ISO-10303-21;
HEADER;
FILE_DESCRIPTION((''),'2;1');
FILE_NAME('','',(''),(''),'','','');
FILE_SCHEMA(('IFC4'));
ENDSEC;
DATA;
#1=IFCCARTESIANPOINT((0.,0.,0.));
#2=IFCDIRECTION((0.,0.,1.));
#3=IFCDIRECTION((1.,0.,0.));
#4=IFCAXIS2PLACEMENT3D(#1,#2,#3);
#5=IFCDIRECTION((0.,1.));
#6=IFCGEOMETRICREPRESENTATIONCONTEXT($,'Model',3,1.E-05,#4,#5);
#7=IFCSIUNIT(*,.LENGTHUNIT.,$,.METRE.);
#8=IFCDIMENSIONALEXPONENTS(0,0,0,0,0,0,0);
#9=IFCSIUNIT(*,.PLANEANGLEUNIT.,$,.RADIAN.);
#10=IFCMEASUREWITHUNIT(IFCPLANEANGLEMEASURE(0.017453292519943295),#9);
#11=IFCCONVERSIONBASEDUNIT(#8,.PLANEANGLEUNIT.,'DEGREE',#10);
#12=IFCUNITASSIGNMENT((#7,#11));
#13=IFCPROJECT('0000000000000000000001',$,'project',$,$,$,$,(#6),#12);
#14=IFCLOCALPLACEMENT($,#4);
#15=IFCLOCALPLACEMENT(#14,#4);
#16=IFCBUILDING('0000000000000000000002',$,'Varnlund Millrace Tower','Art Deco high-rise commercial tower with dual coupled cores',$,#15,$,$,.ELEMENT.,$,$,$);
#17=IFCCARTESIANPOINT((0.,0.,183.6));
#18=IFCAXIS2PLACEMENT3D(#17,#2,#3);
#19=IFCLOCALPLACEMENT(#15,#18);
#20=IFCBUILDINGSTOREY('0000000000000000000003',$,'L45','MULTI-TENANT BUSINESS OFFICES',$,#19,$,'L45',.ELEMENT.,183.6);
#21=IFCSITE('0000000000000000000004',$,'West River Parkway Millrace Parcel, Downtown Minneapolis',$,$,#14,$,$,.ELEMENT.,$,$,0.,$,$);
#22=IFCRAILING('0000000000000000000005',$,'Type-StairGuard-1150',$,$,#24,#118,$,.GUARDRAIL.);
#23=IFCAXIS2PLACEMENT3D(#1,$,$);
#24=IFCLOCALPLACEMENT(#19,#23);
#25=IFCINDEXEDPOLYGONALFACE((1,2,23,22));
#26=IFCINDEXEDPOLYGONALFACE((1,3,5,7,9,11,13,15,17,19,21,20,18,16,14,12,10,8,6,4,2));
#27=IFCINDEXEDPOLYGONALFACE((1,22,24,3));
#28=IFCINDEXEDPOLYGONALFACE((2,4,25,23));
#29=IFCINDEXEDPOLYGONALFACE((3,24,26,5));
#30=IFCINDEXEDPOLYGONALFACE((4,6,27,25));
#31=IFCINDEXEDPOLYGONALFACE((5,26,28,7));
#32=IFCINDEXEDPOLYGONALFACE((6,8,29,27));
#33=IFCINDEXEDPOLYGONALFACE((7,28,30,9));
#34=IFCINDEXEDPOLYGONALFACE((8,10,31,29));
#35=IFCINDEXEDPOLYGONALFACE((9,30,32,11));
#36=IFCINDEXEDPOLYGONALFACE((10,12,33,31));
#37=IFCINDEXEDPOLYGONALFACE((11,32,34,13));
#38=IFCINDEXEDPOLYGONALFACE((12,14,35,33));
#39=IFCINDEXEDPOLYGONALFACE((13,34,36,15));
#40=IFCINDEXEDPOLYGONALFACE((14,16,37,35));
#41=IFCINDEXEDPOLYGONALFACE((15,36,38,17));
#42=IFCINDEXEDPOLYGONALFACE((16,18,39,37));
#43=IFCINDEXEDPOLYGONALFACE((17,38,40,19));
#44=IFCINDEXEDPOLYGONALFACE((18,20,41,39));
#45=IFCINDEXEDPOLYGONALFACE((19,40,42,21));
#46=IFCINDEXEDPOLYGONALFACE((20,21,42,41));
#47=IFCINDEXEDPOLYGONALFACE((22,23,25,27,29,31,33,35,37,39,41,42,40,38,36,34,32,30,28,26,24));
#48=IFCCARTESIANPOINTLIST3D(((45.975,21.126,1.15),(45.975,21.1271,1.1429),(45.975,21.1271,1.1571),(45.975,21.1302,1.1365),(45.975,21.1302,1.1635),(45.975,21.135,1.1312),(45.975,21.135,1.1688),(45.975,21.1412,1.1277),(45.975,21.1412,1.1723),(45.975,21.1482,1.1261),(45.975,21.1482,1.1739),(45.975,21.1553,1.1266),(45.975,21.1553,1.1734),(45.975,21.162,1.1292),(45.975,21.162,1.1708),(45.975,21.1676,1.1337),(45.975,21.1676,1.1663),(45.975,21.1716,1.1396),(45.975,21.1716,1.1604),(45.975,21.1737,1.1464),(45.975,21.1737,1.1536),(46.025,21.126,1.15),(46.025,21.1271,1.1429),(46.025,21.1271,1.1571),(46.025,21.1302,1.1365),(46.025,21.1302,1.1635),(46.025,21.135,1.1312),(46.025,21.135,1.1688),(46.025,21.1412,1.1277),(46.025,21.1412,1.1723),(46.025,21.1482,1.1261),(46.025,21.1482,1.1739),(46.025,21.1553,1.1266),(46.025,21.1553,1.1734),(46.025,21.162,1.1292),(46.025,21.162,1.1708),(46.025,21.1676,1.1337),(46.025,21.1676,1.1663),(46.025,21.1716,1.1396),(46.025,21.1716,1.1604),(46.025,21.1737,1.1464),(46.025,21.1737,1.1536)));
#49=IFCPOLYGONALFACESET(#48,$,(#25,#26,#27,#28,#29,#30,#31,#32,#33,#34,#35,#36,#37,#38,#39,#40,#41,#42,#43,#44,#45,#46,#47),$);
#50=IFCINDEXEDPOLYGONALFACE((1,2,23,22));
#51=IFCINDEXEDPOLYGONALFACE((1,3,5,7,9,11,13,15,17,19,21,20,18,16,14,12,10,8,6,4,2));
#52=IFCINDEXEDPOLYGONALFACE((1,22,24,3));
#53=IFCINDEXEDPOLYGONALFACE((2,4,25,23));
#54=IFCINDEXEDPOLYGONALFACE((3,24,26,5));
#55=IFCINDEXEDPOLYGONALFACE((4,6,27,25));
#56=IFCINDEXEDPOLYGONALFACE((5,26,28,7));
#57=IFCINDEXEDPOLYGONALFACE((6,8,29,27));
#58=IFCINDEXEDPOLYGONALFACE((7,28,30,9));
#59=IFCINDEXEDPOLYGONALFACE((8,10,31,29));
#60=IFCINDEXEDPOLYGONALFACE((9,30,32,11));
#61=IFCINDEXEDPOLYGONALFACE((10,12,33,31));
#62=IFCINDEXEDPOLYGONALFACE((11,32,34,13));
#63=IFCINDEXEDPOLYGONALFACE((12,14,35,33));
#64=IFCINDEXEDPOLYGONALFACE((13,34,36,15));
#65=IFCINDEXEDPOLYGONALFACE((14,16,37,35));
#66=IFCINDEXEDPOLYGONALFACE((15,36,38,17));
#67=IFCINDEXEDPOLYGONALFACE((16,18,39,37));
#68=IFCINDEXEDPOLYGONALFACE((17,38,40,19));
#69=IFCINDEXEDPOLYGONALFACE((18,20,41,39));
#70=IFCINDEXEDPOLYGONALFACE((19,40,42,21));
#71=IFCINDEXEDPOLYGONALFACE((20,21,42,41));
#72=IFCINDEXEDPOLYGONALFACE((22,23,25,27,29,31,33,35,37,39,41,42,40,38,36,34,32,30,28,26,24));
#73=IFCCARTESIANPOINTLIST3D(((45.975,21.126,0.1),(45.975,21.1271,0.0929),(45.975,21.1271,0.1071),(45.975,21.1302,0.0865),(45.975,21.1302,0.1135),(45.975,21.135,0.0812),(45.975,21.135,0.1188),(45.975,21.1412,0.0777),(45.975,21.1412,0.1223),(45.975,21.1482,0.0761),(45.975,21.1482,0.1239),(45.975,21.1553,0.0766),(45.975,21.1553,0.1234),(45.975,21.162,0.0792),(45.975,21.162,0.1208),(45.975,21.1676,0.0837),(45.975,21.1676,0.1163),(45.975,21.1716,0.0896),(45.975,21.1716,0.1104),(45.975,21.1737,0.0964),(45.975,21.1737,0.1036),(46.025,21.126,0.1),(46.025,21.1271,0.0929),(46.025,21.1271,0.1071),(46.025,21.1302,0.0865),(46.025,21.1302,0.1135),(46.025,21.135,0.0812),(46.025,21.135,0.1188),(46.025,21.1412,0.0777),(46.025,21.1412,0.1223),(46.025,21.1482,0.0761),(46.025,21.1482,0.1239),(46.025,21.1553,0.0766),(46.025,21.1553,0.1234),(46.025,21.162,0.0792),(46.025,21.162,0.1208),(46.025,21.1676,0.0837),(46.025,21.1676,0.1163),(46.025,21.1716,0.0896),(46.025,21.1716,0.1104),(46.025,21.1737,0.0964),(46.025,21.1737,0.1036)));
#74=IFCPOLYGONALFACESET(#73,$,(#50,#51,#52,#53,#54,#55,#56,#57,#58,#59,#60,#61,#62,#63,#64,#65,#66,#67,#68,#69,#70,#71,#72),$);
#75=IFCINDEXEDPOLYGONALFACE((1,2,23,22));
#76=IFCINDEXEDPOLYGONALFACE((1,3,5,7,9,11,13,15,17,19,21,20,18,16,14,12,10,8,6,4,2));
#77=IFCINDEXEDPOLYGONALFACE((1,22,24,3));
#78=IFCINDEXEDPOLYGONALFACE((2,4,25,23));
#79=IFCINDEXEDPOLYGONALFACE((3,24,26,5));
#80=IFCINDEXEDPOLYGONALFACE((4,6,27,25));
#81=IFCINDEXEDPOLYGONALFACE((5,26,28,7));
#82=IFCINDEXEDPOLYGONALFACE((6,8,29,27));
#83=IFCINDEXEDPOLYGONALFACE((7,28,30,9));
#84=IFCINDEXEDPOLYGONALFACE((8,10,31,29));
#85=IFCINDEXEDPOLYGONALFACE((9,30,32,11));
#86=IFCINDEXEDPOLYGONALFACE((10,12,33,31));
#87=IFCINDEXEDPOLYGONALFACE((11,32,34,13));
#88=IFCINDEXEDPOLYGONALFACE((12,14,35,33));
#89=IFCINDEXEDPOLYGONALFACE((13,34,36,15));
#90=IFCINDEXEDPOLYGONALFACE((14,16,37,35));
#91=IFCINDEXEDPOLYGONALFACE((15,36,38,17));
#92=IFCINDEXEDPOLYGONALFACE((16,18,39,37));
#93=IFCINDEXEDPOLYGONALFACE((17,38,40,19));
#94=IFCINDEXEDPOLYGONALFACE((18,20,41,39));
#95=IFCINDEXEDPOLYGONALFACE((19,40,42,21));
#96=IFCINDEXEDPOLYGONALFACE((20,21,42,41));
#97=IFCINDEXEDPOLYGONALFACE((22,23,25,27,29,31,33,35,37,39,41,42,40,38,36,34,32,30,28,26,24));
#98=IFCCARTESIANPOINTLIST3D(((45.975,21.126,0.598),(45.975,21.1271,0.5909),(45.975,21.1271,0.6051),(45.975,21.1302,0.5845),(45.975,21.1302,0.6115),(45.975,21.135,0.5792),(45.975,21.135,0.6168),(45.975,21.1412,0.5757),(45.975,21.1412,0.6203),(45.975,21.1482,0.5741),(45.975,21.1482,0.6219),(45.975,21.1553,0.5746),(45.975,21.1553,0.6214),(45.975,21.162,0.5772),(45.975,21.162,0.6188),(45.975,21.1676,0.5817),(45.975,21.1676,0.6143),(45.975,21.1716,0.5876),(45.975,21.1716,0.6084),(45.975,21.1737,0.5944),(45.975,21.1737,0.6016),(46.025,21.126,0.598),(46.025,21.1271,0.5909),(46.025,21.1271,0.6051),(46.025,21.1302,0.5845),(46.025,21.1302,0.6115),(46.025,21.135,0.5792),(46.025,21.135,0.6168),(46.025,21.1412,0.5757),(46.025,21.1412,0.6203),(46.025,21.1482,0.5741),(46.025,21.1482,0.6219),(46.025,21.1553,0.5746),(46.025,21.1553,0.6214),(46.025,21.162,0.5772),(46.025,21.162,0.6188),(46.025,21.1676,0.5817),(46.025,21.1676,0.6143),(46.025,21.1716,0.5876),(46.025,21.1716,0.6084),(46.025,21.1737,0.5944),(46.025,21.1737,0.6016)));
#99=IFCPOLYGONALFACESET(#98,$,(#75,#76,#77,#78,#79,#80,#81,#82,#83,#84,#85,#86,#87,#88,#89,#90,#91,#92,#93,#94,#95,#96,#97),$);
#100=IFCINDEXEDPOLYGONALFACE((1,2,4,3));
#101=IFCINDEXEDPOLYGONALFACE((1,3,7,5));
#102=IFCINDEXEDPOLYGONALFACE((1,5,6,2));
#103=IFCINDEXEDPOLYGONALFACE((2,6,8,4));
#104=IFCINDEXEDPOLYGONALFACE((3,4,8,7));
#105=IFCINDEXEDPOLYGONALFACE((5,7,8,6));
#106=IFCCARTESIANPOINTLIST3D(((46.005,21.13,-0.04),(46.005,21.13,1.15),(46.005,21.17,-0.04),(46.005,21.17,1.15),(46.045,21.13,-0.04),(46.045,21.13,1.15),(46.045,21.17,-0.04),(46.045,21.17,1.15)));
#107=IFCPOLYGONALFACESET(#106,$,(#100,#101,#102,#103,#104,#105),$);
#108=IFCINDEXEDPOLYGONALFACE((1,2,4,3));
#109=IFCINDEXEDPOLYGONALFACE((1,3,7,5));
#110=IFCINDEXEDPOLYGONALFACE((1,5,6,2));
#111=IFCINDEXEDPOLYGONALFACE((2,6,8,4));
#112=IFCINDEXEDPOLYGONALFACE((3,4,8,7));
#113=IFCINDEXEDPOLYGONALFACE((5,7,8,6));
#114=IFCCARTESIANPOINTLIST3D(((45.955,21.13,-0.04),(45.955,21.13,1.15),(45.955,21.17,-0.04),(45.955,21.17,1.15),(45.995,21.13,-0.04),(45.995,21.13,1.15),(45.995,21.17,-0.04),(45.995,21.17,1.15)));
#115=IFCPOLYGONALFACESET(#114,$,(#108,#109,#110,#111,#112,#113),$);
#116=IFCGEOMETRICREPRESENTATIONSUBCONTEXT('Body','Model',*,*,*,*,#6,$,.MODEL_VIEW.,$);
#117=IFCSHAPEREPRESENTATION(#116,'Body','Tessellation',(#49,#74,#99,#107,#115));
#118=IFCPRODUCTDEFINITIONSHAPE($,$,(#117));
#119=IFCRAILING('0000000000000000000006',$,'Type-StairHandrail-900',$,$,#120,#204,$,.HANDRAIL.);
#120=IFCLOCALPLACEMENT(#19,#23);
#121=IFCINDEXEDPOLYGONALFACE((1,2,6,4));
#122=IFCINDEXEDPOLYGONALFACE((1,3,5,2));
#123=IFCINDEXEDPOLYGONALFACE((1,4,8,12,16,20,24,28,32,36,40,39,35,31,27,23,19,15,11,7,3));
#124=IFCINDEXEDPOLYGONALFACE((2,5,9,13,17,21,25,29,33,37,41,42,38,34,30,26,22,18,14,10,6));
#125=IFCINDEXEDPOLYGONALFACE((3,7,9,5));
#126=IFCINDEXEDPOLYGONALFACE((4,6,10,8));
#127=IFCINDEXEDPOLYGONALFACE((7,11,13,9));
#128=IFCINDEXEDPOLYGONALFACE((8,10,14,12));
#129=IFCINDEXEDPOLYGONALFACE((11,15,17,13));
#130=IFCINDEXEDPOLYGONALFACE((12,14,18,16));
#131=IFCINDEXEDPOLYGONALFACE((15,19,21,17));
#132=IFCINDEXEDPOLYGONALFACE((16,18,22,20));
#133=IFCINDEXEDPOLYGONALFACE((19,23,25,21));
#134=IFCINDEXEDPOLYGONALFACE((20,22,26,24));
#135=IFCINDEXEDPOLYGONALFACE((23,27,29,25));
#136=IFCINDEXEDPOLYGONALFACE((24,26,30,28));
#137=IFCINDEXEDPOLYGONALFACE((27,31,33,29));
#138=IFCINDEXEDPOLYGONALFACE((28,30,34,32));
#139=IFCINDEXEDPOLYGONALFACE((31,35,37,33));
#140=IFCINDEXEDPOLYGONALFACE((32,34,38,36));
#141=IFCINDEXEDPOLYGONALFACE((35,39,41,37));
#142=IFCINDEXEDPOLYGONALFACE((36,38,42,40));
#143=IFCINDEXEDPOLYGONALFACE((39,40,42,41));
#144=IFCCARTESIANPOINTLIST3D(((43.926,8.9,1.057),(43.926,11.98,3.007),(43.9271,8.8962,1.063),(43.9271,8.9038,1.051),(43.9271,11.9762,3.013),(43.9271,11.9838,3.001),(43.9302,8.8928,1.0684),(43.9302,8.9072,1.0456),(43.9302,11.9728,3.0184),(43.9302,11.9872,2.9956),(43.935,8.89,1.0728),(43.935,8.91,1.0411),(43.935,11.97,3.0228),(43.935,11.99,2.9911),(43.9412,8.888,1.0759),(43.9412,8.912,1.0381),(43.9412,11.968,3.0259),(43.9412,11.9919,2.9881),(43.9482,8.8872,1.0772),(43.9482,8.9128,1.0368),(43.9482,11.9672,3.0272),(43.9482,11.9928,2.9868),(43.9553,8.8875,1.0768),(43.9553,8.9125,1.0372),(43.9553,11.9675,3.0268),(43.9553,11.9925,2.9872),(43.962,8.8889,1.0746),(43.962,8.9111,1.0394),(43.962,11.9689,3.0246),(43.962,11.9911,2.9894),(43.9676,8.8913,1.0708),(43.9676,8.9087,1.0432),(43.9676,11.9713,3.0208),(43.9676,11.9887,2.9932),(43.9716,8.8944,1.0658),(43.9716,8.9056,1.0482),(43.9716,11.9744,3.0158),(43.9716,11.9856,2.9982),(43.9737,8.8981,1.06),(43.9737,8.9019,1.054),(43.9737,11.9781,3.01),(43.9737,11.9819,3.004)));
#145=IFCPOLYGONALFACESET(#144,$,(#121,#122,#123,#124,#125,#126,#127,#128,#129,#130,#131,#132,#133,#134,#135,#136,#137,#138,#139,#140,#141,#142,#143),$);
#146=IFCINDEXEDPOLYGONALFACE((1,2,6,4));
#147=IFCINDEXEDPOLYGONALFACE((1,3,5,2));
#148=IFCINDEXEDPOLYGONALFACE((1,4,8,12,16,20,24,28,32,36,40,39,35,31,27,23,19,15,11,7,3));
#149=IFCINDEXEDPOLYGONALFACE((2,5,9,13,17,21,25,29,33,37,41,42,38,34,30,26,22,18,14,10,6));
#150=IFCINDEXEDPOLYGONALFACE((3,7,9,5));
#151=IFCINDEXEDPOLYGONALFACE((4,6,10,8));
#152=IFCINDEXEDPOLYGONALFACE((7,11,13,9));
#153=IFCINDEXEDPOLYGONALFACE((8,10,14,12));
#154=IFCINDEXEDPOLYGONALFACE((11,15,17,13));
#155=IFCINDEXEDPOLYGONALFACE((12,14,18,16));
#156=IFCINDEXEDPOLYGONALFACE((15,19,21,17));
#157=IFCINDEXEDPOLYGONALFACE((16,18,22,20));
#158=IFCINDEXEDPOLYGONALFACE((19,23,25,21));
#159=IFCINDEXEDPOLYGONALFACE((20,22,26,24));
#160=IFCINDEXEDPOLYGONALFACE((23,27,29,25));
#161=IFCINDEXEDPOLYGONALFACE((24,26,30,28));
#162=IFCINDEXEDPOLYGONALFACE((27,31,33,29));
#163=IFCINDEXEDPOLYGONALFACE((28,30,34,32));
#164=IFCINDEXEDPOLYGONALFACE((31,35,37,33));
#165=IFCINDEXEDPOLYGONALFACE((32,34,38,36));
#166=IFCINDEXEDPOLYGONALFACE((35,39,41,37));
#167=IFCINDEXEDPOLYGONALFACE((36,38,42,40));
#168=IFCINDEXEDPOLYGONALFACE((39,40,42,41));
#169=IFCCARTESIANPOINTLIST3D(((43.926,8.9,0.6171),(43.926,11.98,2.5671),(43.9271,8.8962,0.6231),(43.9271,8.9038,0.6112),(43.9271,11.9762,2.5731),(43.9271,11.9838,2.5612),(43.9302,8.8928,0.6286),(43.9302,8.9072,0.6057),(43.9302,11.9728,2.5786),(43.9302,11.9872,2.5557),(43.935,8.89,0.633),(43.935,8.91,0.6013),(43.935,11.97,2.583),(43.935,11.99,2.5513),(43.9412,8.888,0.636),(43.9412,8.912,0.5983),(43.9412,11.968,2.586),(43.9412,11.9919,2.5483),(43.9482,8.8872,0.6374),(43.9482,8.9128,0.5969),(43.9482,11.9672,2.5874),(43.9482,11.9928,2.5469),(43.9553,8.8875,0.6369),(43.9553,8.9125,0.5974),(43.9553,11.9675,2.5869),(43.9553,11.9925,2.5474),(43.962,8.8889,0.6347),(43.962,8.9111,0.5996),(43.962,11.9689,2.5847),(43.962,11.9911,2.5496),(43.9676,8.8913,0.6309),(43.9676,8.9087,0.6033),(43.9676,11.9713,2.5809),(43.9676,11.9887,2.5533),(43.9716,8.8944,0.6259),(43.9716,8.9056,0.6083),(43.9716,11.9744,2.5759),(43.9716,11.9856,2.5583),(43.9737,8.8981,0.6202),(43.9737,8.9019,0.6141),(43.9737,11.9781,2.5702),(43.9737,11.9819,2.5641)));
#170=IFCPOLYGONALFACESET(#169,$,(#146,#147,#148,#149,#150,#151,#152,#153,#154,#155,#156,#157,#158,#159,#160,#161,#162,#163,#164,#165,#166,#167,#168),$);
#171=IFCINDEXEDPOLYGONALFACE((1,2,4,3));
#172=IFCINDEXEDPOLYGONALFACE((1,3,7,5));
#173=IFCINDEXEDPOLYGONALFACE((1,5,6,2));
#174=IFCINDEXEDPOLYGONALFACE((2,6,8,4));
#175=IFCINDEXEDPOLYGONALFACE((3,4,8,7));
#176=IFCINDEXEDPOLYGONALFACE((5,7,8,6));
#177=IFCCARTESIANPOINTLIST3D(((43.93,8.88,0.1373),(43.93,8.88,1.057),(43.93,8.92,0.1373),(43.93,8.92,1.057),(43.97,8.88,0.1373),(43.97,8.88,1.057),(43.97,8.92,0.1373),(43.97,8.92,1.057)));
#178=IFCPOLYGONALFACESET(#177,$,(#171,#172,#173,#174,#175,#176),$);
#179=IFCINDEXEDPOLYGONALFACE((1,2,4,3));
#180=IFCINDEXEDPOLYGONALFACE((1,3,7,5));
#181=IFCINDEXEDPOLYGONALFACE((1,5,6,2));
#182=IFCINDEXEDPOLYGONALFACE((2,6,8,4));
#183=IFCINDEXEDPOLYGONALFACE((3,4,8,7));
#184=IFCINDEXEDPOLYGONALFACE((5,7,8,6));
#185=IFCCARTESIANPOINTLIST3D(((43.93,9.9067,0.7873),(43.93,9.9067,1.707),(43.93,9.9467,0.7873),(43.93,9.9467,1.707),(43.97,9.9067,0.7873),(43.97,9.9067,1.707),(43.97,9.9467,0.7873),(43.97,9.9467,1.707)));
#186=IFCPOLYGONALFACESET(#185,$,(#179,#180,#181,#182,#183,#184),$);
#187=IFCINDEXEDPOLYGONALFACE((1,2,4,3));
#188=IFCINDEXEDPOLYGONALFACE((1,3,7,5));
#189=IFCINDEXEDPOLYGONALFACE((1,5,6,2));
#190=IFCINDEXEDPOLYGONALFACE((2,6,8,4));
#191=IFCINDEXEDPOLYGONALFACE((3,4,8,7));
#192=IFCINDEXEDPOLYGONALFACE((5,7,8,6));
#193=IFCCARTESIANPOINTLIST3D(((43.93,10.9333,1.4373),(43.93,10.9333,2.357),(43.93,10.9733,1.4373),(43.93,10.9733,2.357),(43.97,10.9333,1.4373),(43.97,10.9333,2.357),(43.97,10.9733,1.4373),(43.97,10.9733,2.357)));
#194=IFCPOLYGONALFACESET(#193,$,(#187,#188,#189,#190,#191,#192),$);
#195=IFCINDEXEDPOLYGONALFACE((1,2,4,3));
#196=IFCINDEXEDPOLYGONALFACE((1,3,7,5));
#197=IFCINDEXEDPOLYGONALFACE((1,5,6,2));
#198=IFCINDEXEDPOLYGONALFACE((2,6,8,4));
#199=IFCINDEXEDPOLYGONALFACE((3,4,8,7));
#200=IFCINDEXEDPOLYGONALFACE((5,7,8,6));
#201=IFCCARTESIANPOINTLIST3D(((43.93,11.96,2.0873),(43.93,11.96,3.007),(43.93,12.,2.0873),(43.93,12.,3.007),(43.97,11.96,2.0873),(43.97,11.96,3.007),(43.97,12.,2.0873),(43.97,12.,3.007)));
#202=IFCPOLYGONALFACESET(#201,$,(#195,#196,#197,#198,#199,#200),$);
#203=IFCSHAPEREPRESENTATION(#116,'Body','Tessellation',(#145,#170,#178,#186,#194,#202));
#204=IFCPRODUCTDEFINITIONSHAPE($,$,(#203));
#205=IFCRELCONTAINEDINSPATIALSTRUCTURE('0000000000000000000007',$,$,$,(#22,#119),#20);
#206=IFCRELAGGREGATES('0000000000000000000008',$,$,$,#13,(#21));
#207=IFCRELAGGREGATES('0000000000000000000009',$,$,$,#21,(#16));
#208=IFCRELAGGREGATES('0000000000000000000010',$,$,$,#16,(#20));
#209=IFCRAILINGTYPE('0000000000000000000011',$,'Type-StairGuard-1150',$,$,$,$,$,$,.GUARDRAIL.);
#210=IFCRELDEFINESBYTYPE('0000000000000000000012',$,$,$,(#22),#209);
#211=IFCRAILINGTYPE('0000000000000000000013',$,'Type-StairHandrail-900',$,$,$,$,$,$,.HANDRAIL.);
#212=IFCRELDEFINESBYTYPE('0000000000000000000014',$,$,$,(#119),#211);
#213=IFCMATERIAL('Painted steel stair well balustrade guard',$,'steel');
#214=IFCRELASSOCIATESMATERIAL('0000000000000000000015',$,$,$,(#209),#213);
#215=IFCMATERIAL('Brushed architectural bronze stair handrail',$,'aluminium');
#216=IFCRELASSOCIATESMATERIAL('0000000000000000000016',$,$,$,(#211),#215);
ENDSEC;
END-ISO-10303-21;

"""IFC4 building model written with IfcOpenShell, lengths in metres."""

from ifc_helpers import new_model, entity, si_unit, converted_unit, direction, frame, origin_with_axes, origin_2d_with_axis, place, context, subcontext, project, spatial, rectangle, circle, extrude, material, type_object, element, save


model = new_model("IFC4")

# Units and contexts
model_context = context("Model", 3, precision=1e-05, world=origin_with_axes(), true_north=direction((0.0, 1.0)))
body_context = subcontext(model_context, "Body", "Model", "MODEL_VIEW")
ifc_project = project(units=[si_unit("LENGTHUNIT", "METRE"), converted_unit("PLANEANGLEUNIT", "DEGREE", entity("IfcPlaneAngleMeasure", 0.017453292519943295), si_unit("PLANEANGLEUNIT", "RADIAN"), dimensions=[0, 0, 0, 0, 0, 0, 0])], contexts=[model_context])

# Site, building, storey
site_placement = place(None, origin_with_axes())
site = spatial("IfcSite", under=ifc_project, at=site_placement, Name="West River Parkway Millrace Parcel, Downtown Minneapolis", CompositionType="ELEMENT", RefElevation=0.0)
building_placement = place(site_placement, origin_with_axes())
building = spatial("IfcBuilding", under=site, at=building_placement, Name="Varnlund Millrace Tower", Description="Art Deco high-rise commercial tower with dual coupled cores", CompositionType="ELEMENT")
storey_placement = place(building_placement, frame((0.0, 0.0, 183.6), z_axis=(0.0, 0.0, 1.0), x_axis=(1.0, 0.0, 0.0)))
storey = spatial("IfcBuildingStorey", under=building, at=storey_placement, Name="L45", Description="MULTI-TENANT BUSINESS OFFICES", LongName="L45", CompositionType="ELEMENT", Elevation=183.6)

# Railings
ifc_material_1 = material(Name="Painted steel stair well balustrade guard", Category="steel")
railing_type_1 = type_object("IfcRailingType", Name="Type-StairGuard-1150", PredefinedType="GUARDRAIL", material=ifc_material_1)
railing_1_placement = place(storey_placement, frame((0.0, 0.0, -183.6), z_axis=(0.0, 0.0, 1.0), x_axis=(1.0, 0.0, 0.0)))
element("IfcRailing", 1, at=railing_1_placement, inside=storey, type_object=railing_type_1, Name="Type-StairGuard-1150", PredefinedType="GUARDRAIL", context=body_context, shape_type="SweptSolid", body=[
    extrude(circle(Radius=0.024, at=origin_2d_with_axis()), frame((46.025, 21.15, 184.75), z_axis=(-1.0, 0.0, 0.0), x_axis=(0.0, -1.0, 0.0)), (0.0, 0.0, 1.0), 0.05),
    extrude(circle(Radius=0.024, at=origin_2d_with_axis()), frame((46.025, 21.15, 183.7), z_axis=(-1.0, 0.0, 0.0), x_axis=(0.0, -1.0, 0.0)), (0.0, 0.0, 1.0), 0.05),
    extrude(circle(Radius=0.024, at=origin_2d_with_axis()), frame((46.025, 21.15, 184.198), z_axis=(-1.0, 0.0, 0.0), x_axis=(0.0, -1.0, 0.0)), (0.0, 0.0, 1.0), 0.05),
    extrude(rectangle(XDim=0.04, YDim=0.04, at=origin_2d_with_axis()), frame((46.025, 21.15, 183.56), z_axis=(0.0, 0.0, 1.0), x_axis=(1.0, 0.0, 0.0)), (0.0, 0.0, 1.0), 1.19),
    extrude(rectangle(XDim=0.04, YDim=0.04, at=origin_2d_with_axis()), frame((45.975, 21.15, 183.56), z_axis=(0.0, 0.0, 1.0), x_axis=(1.0, 0.0, 0.0)), (0.0, 0.0, 1.0), 1.19),
])
ifc_material_2 = material(Name="Brushed architectural bronze stair handrail", Category="aluminium")
railing_type_2 = type_object("IfcRailingType", Name="Type-StairHandrail-900", PredefinedType="HANDRAIL", material=ifc_material_2)
railing_2_placement = place(storey_placement, frame((0.0, 0.0, -183.6), z_axis=(0.0, 0.0, 1.0), x_axis=(1.0, 0.0, 0.0)))
element("IfcRailing", 2, at=railing_2_placement, inside=storey, type_object=railing_type_2, Name="Type-StairHandrail-900", PredefinedType="HANDRAIL", context=body_context, shape_type="SweptSolid", body=[
    extrude(circle(Radius=0.024, at=origin_2d_with_axis()), frame((43.95, 8.9, 184.657), z_axis=(0.0, 0.844902, 0.534922), x_axis=(-1.0, 0.0, 0.0)), (0.0, 0.0, 1.0), 3.6454),
    extrude(circle(Radius=0.024, at=origin_2d_with_axis()), frame((43.95, 8.9, 184.2171), z_axis=(0.0, 0.844902, 0.534922), x_axis=(-1.0, 0.0, 0.0)), (0.0, 0.0, 1.0), 3.6454),
    extrude(rectangle(XDim=0.04, YDim=0.04, at=origin_2d_with_axis()), frame((43.95, 8.9, 183.7373), z_axis=(0.0, 0.0, 1.0), x_axis=(1.0, 0.0, 0.0)), (0.0, 0.0, 1.0), 0.9197),
    extrude(rectangle(XDim=0.04, YDim=0.04, at=origin_2d_with_axis()), frame((43.95, 9.9267, 184.3873), z_axis=(0.0, 0.0, 1.0), x_axis=(1.0, 0.0, 0.0)), (0.0, 0.0, 1.0), 0.9197),
    extrude(rectangle(XDim=0.04, YDim=0.04, at=origin_2d_with_axis()), frame((43.95, 10.9533, 185.0373), z_axis=(0.0, 0.0, 1.0), x_axis=(1.0, 0.0, 0.0)), (0.0, 0.0, 1.0), 0.9197),
    extrude(rectangle(XDim=0.04, YDim=0.04, at=origin_2d_with_axis()), frame((43.95, 11.98, 185.6873), z_axis=(0.0, 0.0, 1.0), x_axis=(1.0, 0.0, 0.0)), (0.0, 0.0, 1.0), 0.9197),
])

save(model, "model.ifc")
